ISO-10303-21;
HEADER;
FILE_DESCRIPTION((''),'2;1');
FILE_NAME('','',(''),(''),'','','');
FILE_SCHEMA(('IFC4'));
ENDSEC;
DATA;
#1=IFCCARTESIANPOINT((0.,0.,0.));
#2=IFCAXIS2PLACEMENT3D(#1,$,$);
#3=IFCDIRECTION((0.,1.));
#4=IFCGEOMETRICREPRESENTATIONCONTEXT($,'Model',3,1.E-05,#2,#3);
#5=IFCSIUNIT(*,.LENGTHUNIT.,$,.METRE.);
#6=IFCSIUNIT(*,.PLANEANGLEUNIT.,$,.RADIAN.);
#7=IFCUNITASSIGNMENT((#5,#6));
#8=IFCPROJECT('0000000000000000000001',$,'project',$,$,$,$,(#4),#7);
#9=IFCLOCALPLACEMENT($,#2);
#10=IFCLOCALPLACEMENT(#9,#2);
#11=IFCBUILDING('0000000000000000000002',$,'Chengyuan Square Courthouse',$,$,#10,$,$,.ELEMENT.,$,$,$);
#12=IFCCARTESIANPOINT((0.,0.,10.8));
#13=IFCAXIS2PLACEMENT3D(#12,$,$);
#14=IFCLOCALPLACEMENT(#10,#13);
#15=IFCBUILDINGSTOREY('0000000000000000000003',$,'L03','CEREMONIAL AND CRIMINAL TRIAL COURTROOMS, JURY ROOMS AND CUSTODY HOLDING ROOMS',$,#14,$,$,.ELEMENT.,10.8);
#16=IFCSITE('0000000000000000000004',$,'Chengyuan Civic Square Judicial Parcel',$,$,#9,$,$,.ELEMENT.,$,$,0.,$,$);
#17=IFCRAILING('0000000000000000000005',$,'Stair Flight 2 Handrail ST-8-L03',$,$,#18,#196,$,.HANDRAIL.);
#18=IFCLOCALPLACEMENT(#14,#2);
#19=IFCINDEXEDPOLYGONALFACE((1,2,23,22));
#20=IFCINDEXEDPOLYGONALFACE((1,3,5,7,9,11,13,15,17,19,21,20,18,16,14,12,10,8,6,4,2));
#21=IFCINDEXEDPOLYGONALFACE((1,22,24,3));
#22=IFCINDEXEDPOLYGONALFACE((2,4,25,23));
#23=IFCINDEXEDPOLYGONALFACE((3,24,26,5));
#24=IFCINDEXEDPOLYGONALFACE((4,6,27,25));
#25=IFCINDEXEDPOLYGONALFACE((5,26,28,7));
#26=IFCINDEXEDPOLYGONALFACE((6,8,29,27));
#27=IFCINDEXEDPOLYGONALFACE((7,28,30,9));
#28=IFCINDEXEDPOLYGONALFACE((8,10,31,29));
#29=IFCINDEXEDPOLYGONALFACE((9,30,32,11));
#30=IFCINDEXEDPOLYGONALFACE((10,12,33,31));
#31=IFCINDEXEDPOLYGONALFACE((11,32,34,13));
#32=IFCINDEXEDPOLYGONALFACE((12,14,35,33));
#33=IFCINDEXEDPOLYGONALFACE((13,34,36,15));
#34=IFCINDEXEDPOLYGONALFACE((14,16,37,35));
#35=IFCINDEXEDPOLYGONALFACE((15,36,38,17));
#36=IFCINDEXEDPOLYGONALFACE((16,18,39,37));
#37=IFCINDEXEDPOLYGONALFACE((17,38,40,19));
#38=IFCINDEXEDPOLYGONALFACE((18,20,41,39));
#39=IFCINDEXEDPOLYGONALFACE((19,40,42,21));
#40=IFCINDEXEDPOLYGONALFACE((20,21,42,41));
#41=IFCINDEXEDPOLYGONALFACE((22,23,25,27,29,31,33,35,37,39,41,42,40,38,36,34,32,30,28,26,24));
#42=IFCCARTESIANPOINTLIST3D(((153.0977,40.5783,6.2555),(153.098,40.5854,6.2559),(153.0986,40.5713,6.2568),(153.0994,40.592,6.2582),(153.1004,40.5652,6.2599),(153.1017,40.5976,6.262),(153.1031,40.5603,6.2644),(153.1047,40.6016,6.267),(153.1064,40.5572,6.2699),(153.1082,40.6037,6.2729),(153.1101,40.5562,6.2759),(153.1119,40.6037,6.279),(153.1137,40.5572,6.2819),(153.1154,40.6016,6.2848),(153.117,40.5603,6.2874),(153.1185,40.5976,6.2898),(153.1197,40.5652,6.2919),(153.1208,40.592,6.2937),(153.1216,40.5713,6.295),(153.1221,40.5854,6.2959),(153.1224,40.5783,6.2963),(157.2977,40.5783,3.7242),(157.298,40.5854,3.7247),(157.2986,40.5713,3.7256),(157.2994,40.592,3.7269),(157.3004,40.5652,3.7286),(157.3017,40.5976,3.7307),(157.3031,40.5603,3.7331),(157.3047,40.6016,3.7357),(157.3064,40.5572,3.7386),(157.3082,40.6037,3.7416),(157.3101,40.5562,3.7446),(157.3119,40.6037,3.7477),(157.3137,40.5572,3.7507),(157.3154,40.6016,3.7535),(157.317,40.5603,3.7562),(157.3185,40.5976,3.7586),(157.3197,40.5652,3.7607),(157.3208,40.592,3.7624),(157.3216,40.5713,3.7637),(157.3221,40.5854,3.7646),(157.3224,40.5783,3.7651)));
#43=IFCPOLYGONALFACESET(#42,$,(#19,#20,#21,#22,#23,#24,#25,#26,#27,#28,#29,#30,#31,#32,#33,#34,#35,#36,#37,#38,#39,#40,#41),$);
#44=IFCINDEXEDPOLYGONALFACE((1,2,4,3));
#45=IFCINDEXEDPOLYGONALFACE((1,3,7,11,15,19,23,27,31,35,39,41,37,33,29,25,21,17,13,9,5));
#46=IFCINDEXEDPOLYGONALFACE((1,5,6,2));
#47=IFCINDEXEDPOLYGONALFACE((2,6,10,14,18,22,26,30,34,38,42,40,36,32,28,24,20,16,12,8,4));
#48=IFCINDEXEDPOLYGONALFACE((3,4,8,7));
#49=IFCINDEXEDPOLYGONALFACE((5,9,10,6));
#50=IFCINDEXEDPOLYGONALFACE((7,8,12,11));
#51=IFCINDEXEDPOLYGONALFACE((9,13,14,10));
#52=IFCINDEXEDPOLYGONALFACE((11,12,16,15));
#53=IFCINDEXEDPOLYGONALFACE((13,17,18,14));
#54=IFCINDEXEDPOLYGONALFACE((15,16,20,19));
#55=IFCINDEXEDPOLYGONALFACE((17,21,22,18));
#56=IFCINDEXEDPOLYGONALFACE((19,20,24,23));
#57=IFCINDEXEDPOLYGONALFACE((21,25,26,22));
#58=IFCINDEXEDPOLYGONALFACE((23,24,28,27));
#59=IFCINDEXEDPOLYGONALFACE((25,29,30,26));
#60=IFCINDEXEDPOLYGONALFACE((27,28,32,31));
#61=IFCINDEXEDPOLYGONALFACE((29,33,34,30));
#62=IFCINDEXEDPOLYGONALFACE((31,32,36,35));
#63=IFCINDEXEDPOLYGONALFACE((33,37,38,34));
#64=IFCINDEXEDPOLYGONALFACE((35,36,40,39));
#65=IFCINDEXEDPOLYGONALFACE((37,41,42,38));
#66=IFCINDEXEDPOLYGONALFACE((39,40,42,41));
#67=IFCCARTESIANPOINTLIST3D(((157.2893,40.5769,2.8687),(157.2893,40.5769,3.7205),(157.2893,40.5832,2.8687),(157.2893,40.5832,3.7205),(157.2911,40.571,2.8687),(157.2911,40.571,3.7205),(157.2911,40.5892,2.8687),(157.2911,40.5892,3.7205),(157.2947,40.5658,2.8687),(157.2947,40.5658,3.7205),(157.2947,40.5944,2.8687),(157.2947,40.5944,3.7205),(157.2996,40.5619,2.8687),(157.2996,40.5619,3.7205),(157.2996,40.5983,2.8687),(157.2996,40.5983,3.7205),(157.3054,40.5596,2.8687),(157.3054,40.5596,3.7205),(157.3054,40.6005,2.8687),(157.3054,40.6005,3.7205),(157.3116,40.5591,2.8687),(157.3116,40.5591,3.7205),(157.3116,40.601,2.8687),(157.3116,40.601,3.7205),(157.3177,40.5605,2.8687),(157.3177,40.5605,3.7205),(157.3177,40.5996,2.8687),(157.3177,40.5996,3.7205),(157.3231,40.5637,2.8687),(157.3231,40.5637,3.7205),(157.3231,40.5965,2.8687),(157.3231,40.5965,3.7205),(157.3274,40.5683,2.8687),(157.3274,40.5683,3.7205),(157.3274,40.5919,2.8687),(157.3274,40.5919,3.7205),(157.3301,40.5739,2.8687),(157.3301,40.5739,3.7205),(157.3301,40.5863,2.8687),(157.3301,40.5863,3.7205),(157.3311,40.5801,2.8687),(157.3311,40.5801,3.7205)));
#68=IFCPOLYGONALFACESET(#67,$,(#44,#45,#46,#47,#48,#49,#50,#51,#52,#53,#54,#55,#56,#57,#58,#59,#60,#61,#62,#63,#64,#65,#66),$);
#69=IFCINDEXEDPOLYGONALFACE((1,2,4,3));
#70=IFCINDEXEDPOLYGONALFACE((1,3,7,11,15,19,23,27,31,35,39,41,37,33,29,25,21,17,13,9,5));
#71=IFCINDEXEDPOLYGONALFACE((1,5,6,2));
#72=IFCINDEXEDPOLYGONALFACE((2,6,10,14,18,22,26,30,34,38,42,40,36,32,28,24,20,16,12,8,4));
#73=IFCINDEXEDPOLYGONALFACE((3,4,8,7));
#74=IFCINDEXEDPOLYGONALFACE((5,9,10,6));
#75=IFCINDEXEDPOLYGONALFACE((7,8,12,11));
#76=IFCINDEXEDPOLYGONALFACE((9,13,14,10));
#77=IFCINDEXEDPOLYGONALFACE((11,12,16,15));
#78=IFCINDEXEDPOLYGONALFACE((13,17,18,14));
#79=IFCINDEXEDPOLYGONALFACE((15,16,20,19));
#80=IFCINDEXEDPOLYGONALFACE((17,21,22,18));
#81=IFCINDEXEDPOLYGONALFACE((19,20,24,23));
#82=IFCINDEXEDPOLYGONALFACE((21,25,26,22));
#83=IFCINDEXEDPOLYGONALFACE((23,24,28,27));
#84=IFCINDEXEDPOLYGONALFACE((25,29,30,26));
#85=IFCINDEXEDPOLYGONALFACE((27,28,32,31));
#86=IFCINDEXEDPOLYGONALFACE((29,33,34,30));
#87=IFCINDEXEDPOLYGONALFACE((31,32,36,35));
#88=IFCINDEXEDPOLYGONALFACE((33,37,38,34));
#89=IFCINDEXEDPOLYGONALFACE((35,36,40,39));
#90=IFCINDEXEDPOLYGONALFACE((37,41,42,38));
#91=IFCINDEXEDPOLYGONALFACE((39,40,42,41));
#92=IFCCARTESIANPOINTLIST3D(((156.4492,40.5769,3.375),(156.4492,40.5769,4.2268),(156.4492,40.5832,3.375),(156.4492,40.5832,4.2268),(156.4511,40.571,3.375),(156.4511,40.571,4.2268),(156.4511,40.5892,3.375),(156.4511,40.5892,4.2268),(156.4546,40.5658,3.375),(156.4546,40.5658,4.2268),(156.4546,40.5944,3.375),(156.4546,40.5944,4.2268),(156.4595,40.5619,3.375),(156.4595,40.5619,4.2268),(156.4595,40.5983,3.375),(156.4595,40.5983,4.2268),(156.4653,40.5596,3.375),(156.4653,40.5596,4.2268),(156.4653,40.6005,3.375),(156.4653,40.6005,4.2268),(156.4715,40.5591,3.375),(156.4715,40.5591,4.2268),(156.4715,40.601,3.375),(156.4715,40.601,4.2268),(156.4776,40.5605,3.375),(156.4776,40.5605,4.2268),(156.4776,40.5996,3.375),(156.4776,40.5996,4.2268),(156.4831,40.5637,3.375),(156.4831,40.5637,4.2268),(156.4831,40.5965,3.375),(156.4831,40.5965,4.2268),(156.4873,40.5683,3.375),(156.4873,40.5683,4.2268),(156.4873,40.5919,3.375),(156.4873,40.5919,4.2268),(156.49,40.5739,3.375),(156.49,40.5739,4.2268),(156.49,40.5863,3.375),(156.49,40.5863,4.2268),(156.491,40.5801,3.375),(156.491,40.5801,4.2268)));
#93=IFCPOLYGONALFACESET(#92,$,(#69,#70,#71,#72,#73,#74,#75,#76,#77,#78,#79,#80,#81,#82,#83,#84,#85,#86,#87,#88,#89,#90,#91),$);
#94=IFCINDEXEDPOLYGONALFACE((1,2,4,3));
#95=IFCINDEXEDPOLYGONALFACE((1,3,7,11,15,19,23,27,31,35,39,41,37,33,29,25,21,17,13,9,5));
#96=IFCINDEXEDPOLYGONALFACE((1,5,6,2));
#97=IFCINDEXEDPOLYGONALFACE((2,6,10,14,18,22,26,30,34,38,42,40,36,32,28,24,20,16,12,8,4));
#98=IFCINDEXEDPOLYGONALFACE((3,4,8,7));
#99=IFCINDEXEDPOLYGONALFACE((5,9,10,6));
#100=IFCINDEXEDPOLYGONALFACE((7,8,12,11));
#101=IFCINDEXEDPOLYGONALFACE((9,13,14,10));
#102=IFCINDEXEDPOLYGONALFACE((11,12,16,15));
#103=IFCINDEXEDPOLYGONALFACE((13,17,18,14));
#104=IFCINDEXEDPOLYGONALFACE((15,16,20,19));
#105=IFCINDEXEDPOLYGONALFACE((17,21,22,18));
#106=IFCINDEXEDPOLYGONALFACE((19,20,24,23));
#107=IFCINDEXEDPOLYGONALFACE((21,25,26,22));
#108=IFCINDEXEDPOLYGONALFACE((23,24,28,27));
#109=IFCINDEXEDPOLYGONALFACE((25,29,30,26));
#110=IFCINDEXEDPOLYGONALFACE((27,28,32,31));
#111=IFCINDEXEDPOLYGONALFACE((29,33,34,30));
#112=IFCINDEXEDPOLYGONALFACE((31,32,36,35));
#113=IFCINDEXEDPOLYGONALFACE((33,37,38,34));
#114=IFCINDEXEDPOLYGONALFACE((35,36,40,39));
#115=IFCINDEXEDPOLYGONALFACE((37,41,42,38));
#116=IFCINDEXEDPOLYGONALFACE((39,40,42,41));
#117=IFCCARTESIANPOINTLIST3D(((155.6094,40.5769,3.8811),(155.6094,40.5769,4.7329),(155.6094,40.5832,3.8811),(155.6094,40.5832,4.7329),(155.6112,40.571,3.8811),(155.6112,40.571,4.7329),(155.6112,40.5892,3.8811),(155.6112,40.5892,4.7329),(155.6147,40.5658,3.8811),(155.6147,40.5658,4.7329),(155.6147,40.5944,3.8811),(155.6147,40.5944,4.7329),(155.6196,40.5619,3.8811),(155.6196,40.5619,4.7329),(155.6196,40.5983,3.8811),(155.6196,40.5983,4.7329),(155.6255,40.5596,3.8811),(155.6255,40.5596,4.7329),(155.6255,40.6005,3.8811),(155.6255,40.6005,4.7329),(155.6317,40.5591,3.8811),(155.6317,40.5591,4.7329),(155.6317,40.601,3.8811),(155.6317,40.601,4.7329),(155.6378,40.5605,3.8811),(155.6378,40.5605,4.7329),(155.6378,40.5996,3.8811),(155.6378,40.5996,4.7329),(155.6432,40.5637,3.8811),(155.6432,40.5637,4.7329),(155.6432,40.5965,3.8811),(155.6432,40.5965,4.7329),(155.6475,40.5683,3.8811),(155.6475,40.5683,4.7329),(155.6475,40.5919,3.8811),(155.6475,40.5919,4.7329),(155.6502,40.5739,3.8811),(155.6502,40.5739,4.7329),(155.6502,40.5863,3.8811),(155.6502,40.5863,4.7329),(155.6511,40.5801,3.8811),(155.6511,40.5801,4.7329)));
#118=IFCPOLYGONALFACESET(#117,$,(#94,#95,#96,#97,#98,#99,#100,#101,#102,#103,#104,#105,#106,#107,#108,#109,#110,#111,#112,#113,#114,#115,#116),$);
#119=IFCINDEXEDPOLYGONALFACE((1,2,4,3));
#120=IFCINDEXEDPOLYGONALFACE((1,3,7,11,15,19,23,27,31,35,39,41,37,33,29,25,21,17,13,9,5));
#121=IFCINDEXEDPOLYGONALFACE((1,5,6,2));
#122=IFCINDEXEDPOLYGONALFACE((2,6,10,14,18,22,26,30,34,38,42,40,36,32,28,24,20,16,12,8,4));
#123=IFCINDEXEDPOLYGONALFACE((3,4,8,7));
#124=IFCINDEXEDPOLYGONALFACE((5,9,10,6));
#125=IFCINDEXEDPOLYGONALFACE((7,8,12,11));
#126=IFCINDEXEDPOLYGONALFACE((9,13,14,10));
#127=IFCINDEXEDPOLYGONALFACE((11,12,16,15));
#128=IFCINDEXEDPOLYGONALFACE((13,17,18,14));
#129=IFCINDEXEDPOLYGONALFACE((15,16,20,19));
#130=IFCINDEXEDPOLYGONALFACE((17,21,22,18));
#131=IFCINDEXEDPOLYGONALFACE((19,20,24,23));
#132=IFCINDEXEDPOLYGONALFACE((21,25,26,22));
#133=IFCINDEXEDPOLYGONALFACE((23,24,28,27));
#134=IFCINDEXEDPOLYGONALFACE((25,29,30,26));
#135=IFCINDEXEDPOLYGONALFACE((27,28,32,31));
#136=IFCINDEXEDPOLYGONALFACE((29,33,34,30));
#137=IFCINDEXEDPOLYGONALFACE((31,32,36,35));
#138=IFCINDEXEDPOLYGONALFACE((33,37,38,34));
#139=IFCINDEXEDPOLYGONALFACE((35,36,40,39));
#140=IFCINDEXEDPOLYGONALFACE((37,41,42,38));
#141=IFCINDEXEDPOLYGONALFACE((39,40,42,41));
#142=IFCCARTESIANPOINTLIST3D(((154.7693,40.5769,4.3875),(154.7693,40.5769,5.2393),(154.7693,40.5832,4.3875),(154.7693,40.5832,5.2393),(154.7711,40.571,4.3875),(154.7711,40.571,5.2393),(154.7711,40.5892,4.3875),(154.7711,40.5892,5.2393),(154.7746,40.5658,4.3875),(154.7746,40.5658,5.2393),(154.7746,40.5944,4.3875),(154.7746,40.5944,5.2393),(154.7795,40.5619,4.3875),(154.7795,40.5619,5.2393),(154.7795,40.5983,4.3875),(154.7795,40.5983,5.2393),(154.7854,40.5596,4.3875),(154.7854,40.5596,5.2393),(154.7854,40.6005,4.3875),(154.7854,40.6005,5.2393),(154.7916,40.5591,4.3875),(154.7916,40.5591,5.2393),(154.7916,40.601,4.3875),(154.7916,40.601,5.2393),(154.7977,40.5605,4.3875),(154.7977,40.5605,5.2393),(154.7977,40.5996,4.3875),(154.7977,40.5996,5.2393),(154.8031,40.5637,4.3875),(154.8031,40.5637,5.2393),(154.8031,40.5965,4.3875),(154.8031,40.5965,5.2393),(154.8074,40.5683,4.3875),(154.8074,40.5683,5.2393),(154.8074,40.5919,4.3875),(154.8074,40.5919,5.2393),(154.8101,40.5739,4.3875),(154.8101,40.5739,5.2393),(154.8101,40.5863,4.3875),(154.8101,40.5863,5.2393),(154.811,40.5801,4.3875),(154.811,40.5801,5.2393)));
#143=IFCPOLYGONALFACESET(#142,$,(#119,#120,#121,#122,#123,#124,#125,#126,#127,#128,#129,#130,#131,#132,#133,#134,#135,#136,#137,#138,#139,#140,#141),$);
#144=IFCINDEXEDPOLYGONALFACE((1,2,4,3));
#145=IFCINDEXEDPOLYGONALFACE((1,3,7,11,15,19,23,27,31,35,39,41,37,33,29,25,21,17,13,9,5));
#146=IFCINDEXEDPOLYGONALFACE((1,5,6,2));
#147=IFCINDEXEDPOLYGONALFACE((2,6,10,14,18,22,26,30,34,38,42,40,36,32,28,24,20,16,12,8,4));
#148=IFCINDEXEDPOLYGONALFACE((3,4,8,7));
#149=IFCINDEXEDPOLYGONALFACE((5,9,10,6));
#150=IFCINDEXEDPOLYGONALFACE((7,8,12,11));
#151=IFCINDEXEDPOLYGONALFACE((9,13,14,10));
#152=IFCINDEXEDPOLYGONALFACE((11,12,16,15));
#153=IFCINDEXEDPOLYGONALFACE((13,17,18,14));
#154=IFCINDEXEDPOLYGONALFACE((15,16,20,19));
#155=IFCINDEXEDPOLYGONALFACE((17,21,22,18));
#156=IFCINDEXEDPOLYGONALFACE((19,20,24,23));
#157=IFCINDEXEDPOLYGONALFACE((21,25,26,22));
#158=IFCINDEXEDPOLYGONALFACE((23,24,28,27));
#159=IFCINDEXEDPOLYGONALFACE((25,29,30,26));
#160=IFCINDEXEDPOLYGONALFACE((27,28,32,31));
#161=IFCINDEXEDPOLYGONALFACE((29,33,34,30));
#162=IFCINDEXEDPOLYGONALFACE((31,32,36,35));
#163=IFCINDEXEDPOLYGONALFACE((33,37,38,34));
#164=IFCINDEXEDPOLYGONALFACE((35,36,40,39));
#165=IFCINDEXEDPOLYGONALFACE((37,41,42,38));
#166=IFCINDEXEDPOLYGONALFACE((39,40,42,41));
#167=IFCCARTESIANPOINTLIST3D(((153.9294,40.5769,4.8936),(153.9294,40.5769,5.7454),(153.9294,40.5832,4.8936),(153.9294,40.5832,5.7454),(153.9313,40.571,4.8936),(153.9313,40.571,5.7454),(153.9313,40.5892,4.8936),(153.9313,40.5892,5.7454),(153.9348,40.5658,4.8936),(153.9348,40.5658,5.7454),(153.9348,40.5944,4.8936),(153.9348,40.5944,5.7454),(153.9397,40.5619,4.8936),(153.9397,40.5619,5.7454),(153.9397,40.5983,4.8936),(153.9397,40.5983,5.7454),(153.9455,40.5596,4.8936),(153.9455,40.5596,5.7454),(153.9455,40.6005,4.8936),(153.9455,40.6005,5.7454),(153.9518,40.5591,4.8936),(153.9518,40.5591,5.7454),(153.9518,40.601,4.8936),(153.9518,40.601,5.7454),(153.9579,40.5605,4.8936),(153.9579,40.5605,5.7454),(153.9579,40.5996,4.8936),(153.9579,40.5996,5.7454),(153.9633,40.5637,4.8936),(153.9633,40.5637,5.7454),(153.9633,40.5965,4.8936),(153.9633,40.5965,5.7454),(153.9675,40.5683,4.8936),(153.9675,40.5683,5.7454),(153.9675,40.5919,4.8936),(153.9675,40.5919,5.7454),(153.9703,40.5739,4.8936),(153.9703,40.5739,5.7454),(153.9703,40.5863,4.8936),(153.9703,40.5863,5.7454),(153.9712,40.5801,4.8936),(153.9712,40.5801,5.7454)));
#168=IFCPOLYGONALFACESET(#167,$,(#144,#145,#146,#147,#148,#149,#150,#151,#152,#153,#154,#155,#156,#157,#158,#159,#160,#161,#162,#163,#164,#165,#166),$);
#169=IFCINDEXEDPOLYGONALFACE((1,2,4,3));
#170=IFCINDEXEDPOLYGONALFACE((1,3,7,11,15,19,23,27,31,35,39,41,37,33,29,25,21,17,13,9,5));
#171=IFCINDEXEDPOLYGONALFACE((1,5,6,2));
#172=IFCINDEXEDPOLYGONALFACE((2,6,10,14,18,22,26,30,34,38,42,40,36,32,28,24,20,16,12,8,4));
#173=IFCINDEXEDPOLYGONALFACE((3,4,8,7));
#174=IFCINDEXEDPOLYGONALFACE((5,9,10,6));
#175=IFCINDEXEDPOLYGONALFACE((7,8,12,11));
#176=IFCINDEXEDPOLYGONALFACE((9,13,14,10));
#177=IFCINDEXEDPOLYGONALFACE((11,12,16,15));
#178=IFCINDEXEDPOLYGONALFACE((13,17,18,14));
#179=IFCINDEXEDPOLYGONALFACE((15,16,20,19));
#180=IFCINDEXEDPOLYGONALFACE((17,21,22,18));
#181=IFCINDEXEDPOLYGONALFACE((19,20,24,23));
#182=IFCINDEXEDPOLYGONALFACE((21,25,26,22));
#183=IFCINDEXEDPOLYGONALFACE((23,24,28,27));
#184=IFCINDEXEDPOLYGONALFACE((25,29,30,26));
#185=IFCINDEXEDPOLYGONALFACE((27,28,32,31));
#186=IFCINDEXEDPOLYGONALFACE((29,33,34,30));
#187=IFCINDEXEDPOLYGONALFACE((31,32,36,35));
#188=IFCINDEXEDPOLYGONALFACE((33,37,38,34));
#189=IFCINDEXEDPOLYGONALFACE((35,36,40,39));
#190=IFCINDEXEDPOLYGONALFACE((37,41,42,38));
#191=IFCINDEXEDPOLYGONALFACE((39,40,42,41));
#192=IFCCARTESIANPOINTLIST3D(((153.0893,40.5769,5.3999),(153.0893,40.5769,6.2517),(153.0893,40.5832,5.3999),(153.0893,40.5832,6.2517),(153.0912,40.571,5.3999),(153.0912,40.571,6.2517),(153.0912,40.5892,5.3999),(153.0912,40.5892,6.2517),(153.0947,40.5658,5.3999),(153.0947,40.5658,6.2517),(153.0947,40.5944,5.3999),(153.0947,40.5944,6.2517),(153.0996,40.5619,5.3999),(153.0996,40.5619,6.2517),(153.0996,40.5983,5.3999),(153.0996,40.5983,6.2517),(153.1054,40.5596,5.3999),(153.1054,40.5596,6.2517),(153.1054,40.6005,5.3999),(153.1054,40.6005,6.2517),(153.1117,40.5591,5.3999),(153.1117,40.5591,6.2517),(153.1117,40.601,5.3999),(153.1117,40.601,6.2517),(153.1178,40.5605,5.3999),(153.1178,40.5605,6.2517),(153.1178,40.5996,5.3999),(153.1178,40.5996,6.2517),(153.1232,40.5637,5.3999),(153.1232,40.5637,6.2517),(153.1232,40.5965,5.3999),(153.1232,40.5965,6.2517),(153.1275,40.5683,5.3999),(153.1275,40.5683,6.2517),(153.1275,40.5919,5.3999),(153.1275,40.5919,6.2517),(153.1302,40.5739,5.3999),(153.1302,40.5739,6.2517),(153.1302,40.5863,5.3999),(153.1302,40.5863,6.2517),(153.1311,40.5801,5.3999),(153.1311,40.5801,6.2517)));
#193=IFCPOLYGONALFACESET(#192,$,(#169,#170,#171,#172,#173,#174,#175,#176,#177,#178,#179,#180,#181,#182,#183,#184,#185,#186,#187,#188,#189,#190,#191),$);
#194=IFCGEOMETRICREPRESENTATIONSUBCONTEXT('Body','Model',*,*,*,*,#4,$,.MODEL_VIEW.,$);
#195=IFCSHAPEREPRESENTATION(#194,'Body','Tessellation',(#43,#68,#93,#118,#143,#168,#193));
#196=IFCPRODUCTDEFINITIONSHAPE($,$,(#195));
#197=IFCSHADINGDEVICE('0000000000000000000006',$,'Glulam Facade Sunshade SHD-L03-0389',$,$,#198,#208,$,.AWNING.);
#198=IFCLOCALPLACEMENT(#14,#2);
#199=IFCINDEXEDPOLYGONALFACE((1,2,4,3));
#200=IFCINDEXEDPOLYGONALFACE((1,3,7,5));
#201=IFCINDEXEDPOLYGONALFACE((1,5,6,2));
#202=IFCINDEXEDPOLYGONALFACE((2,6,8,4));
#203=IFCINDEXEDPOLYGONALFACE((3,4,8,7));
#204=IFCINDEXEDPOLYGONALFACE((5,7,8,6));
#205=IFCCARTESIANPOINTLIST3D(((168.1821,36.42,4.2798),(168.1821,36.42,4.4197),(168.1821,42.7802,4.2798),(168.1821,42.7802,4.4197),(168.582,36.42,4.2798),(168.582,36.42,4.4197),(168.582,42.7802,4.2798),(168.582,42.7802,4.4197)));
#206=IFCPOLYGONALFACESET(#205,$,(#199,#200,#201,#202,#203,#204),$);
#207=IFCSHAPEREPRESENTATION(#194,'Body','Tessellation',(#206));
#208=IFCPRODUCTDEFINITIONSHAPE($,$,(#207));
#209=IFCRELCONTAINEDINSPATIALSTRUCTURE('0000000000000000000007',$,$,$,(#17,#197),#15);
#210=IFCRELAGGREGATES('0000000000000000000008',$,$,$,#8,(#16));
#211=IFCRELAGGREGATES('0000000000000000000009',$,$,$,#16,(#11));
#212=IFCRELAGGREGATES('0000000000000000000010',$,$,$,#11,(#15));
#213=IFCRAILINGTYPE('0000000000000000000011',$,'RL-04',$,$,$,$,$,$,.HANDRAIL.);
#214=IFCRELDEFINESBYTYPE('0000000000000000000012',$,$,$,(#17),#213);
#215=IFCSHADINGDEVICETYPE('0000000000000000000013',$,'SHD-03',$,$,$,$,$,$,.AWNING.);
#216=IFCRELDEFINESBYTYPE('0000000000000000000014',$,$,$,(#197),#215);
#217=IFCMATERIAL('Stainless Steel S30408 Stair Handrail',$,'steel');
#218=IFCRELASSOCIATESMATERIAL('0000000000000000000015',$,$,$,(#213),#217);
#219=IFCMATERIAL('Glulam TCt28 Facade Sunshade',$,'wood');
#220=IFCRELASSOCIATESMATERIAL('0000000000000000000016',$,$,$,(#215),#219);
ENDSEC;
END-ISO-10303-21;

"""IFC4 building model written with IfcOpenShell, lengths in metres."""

from ifc_helpers import new_model, si_unit, direction, frame, origin, origin_2d, place, context, subcontext, project, spatial, rectangle, circle, extrude, material, type_object, element, save


model = new_model("IFC4")

# Units and contexts
model_context = context("Model", 3, precision=1e-05, world=origin(), true_north=direction((0.0, 1.0)))
body_context = subcontext(model_context, "Body", "Model", "MODEL_VIEW")
ifc_project = project(units=[si_unit("LENGTHUNIT", "METRE"), si_unit("PLANEANGLEUNIT", "RADIAN")], contexts=[model_context])

# Site, building, storey
site_placement = place(None, origin())
site = spatial("IfcSite", under=ifc_project, at=site_placement, Name="Chengyuan Civic Square Judicial Parcel", CompositionType="ELEMENT", RefElevation=0.0)
building_placement = place(site_placement, origin())
building = spatial("IfcBuilding", under=site, at=building_placement, Name="Chengyuan Square Courthouse", CompositionType="ELEMENT")
storey_placement = place(building_placement, frame((0.0, 0.0, 10.8)))
storey = spatial("IfcBuildingStorey", under=building, at=storey_placement, Name="L03", Description="CEREMONIAL AND CRIMINAL TRIAL COURTROOMS, JURY ROOMS AND CUSTODY HOLDING ROOMS", CompositionType="ELEMENT", Elevation=10.8)

# Railing
ifc_material_1 = material(Name="Stainless Steel S30408 Stair Handrail", Category="steel")
railing_type_1 = type_object("IfcRailingType", Name="RL-04", PredefinedType="HANDRAIL", material=ifc_material_1)
railing_1_placement = place(storey_placement, frame((157.3101, 40.5801, 2.8687)))
element("IfcRailing", 1, at=railing_1_placement, inside=storey, type_object=railing_type_1, Name="Stair Flight 2 Handrail ST-8-L03", PredefinedType="HANDRAIL", context=body_context, shape_type="SweptSolid", body=[
    extrude(circle(Radius=0.0239, at=origin_2d()), frame((0.0, 0.0, 0.876), z_axis=(-0.856476, 0.0, 0.516186), x_axis=(0.0, -1.0, 0.0)), (0.0, 0.0, 1.0), 4.9038),
    extrude(circle(Radius=0.021, at=origin_2d()), origin(), (0.0, 0.0, 1.0), 0.8518),
    extrude(circle(Radius=0.021, at=origin_2d()), frame((-0.8401, 0.0, 0.5063)), (0.0, 0.0, 1.0), 0.8518),
    extrude(circle(Radius=0.021, at=origin_2d()), frame((-1.6799, 0.0, 1.0125)), (0.0, 0.0, 1.0), 0.8518),
    extrude(circle(Radius=0.021, at=origin_2d()), frame((-2.52, 0.0, 1.5188)), (0.0, 0.0, 1.0), 0.8518),
    extrude(circle(Radius=0.021, at=origin_2d()), frame((-3.3599, 0.0, 2.0249)), (0.0, 0.0, 1.0), 0.8518),
    extrude(circle(Radius=0.021, at=origin_2d()), frame((-4.2, 0.0, 2.5312)), (0.0, 0.0, 1.0), 0.8518),
])

# Shading device
ifc_material_2 = material(Name="Glulam TCt28 Facade Sunshade", Category="wood")
shading_device_type = type_object("IfcShadingDeviceType", Name="SHD-03", PredefinedType="AWNING", material=ifc_material_2)
shading_device_placement = place(storey_placement, frame((168.3821, 39.6001, 4.2798), z_axis=(0.0, 0.0, 1.0), x_axis=(0.0, 1.0, 0.0)))
element("IfcShadingDevice", 2, at=shading_device_placement, inside=storey, type_object=shading_device_type, Name="Glulam Facade Sunshade SHD-L03-0389", PredefinedType="AWNING", context=body_context, shape_type="SweptSolid", body=[
    extrude(rectangle(XDim=6.3601, YDim=0.3999, at=origin_2d()), origin(), (0.0, 0.0, 1.0), 0.1399),
])

save(model, "model.ifc")
